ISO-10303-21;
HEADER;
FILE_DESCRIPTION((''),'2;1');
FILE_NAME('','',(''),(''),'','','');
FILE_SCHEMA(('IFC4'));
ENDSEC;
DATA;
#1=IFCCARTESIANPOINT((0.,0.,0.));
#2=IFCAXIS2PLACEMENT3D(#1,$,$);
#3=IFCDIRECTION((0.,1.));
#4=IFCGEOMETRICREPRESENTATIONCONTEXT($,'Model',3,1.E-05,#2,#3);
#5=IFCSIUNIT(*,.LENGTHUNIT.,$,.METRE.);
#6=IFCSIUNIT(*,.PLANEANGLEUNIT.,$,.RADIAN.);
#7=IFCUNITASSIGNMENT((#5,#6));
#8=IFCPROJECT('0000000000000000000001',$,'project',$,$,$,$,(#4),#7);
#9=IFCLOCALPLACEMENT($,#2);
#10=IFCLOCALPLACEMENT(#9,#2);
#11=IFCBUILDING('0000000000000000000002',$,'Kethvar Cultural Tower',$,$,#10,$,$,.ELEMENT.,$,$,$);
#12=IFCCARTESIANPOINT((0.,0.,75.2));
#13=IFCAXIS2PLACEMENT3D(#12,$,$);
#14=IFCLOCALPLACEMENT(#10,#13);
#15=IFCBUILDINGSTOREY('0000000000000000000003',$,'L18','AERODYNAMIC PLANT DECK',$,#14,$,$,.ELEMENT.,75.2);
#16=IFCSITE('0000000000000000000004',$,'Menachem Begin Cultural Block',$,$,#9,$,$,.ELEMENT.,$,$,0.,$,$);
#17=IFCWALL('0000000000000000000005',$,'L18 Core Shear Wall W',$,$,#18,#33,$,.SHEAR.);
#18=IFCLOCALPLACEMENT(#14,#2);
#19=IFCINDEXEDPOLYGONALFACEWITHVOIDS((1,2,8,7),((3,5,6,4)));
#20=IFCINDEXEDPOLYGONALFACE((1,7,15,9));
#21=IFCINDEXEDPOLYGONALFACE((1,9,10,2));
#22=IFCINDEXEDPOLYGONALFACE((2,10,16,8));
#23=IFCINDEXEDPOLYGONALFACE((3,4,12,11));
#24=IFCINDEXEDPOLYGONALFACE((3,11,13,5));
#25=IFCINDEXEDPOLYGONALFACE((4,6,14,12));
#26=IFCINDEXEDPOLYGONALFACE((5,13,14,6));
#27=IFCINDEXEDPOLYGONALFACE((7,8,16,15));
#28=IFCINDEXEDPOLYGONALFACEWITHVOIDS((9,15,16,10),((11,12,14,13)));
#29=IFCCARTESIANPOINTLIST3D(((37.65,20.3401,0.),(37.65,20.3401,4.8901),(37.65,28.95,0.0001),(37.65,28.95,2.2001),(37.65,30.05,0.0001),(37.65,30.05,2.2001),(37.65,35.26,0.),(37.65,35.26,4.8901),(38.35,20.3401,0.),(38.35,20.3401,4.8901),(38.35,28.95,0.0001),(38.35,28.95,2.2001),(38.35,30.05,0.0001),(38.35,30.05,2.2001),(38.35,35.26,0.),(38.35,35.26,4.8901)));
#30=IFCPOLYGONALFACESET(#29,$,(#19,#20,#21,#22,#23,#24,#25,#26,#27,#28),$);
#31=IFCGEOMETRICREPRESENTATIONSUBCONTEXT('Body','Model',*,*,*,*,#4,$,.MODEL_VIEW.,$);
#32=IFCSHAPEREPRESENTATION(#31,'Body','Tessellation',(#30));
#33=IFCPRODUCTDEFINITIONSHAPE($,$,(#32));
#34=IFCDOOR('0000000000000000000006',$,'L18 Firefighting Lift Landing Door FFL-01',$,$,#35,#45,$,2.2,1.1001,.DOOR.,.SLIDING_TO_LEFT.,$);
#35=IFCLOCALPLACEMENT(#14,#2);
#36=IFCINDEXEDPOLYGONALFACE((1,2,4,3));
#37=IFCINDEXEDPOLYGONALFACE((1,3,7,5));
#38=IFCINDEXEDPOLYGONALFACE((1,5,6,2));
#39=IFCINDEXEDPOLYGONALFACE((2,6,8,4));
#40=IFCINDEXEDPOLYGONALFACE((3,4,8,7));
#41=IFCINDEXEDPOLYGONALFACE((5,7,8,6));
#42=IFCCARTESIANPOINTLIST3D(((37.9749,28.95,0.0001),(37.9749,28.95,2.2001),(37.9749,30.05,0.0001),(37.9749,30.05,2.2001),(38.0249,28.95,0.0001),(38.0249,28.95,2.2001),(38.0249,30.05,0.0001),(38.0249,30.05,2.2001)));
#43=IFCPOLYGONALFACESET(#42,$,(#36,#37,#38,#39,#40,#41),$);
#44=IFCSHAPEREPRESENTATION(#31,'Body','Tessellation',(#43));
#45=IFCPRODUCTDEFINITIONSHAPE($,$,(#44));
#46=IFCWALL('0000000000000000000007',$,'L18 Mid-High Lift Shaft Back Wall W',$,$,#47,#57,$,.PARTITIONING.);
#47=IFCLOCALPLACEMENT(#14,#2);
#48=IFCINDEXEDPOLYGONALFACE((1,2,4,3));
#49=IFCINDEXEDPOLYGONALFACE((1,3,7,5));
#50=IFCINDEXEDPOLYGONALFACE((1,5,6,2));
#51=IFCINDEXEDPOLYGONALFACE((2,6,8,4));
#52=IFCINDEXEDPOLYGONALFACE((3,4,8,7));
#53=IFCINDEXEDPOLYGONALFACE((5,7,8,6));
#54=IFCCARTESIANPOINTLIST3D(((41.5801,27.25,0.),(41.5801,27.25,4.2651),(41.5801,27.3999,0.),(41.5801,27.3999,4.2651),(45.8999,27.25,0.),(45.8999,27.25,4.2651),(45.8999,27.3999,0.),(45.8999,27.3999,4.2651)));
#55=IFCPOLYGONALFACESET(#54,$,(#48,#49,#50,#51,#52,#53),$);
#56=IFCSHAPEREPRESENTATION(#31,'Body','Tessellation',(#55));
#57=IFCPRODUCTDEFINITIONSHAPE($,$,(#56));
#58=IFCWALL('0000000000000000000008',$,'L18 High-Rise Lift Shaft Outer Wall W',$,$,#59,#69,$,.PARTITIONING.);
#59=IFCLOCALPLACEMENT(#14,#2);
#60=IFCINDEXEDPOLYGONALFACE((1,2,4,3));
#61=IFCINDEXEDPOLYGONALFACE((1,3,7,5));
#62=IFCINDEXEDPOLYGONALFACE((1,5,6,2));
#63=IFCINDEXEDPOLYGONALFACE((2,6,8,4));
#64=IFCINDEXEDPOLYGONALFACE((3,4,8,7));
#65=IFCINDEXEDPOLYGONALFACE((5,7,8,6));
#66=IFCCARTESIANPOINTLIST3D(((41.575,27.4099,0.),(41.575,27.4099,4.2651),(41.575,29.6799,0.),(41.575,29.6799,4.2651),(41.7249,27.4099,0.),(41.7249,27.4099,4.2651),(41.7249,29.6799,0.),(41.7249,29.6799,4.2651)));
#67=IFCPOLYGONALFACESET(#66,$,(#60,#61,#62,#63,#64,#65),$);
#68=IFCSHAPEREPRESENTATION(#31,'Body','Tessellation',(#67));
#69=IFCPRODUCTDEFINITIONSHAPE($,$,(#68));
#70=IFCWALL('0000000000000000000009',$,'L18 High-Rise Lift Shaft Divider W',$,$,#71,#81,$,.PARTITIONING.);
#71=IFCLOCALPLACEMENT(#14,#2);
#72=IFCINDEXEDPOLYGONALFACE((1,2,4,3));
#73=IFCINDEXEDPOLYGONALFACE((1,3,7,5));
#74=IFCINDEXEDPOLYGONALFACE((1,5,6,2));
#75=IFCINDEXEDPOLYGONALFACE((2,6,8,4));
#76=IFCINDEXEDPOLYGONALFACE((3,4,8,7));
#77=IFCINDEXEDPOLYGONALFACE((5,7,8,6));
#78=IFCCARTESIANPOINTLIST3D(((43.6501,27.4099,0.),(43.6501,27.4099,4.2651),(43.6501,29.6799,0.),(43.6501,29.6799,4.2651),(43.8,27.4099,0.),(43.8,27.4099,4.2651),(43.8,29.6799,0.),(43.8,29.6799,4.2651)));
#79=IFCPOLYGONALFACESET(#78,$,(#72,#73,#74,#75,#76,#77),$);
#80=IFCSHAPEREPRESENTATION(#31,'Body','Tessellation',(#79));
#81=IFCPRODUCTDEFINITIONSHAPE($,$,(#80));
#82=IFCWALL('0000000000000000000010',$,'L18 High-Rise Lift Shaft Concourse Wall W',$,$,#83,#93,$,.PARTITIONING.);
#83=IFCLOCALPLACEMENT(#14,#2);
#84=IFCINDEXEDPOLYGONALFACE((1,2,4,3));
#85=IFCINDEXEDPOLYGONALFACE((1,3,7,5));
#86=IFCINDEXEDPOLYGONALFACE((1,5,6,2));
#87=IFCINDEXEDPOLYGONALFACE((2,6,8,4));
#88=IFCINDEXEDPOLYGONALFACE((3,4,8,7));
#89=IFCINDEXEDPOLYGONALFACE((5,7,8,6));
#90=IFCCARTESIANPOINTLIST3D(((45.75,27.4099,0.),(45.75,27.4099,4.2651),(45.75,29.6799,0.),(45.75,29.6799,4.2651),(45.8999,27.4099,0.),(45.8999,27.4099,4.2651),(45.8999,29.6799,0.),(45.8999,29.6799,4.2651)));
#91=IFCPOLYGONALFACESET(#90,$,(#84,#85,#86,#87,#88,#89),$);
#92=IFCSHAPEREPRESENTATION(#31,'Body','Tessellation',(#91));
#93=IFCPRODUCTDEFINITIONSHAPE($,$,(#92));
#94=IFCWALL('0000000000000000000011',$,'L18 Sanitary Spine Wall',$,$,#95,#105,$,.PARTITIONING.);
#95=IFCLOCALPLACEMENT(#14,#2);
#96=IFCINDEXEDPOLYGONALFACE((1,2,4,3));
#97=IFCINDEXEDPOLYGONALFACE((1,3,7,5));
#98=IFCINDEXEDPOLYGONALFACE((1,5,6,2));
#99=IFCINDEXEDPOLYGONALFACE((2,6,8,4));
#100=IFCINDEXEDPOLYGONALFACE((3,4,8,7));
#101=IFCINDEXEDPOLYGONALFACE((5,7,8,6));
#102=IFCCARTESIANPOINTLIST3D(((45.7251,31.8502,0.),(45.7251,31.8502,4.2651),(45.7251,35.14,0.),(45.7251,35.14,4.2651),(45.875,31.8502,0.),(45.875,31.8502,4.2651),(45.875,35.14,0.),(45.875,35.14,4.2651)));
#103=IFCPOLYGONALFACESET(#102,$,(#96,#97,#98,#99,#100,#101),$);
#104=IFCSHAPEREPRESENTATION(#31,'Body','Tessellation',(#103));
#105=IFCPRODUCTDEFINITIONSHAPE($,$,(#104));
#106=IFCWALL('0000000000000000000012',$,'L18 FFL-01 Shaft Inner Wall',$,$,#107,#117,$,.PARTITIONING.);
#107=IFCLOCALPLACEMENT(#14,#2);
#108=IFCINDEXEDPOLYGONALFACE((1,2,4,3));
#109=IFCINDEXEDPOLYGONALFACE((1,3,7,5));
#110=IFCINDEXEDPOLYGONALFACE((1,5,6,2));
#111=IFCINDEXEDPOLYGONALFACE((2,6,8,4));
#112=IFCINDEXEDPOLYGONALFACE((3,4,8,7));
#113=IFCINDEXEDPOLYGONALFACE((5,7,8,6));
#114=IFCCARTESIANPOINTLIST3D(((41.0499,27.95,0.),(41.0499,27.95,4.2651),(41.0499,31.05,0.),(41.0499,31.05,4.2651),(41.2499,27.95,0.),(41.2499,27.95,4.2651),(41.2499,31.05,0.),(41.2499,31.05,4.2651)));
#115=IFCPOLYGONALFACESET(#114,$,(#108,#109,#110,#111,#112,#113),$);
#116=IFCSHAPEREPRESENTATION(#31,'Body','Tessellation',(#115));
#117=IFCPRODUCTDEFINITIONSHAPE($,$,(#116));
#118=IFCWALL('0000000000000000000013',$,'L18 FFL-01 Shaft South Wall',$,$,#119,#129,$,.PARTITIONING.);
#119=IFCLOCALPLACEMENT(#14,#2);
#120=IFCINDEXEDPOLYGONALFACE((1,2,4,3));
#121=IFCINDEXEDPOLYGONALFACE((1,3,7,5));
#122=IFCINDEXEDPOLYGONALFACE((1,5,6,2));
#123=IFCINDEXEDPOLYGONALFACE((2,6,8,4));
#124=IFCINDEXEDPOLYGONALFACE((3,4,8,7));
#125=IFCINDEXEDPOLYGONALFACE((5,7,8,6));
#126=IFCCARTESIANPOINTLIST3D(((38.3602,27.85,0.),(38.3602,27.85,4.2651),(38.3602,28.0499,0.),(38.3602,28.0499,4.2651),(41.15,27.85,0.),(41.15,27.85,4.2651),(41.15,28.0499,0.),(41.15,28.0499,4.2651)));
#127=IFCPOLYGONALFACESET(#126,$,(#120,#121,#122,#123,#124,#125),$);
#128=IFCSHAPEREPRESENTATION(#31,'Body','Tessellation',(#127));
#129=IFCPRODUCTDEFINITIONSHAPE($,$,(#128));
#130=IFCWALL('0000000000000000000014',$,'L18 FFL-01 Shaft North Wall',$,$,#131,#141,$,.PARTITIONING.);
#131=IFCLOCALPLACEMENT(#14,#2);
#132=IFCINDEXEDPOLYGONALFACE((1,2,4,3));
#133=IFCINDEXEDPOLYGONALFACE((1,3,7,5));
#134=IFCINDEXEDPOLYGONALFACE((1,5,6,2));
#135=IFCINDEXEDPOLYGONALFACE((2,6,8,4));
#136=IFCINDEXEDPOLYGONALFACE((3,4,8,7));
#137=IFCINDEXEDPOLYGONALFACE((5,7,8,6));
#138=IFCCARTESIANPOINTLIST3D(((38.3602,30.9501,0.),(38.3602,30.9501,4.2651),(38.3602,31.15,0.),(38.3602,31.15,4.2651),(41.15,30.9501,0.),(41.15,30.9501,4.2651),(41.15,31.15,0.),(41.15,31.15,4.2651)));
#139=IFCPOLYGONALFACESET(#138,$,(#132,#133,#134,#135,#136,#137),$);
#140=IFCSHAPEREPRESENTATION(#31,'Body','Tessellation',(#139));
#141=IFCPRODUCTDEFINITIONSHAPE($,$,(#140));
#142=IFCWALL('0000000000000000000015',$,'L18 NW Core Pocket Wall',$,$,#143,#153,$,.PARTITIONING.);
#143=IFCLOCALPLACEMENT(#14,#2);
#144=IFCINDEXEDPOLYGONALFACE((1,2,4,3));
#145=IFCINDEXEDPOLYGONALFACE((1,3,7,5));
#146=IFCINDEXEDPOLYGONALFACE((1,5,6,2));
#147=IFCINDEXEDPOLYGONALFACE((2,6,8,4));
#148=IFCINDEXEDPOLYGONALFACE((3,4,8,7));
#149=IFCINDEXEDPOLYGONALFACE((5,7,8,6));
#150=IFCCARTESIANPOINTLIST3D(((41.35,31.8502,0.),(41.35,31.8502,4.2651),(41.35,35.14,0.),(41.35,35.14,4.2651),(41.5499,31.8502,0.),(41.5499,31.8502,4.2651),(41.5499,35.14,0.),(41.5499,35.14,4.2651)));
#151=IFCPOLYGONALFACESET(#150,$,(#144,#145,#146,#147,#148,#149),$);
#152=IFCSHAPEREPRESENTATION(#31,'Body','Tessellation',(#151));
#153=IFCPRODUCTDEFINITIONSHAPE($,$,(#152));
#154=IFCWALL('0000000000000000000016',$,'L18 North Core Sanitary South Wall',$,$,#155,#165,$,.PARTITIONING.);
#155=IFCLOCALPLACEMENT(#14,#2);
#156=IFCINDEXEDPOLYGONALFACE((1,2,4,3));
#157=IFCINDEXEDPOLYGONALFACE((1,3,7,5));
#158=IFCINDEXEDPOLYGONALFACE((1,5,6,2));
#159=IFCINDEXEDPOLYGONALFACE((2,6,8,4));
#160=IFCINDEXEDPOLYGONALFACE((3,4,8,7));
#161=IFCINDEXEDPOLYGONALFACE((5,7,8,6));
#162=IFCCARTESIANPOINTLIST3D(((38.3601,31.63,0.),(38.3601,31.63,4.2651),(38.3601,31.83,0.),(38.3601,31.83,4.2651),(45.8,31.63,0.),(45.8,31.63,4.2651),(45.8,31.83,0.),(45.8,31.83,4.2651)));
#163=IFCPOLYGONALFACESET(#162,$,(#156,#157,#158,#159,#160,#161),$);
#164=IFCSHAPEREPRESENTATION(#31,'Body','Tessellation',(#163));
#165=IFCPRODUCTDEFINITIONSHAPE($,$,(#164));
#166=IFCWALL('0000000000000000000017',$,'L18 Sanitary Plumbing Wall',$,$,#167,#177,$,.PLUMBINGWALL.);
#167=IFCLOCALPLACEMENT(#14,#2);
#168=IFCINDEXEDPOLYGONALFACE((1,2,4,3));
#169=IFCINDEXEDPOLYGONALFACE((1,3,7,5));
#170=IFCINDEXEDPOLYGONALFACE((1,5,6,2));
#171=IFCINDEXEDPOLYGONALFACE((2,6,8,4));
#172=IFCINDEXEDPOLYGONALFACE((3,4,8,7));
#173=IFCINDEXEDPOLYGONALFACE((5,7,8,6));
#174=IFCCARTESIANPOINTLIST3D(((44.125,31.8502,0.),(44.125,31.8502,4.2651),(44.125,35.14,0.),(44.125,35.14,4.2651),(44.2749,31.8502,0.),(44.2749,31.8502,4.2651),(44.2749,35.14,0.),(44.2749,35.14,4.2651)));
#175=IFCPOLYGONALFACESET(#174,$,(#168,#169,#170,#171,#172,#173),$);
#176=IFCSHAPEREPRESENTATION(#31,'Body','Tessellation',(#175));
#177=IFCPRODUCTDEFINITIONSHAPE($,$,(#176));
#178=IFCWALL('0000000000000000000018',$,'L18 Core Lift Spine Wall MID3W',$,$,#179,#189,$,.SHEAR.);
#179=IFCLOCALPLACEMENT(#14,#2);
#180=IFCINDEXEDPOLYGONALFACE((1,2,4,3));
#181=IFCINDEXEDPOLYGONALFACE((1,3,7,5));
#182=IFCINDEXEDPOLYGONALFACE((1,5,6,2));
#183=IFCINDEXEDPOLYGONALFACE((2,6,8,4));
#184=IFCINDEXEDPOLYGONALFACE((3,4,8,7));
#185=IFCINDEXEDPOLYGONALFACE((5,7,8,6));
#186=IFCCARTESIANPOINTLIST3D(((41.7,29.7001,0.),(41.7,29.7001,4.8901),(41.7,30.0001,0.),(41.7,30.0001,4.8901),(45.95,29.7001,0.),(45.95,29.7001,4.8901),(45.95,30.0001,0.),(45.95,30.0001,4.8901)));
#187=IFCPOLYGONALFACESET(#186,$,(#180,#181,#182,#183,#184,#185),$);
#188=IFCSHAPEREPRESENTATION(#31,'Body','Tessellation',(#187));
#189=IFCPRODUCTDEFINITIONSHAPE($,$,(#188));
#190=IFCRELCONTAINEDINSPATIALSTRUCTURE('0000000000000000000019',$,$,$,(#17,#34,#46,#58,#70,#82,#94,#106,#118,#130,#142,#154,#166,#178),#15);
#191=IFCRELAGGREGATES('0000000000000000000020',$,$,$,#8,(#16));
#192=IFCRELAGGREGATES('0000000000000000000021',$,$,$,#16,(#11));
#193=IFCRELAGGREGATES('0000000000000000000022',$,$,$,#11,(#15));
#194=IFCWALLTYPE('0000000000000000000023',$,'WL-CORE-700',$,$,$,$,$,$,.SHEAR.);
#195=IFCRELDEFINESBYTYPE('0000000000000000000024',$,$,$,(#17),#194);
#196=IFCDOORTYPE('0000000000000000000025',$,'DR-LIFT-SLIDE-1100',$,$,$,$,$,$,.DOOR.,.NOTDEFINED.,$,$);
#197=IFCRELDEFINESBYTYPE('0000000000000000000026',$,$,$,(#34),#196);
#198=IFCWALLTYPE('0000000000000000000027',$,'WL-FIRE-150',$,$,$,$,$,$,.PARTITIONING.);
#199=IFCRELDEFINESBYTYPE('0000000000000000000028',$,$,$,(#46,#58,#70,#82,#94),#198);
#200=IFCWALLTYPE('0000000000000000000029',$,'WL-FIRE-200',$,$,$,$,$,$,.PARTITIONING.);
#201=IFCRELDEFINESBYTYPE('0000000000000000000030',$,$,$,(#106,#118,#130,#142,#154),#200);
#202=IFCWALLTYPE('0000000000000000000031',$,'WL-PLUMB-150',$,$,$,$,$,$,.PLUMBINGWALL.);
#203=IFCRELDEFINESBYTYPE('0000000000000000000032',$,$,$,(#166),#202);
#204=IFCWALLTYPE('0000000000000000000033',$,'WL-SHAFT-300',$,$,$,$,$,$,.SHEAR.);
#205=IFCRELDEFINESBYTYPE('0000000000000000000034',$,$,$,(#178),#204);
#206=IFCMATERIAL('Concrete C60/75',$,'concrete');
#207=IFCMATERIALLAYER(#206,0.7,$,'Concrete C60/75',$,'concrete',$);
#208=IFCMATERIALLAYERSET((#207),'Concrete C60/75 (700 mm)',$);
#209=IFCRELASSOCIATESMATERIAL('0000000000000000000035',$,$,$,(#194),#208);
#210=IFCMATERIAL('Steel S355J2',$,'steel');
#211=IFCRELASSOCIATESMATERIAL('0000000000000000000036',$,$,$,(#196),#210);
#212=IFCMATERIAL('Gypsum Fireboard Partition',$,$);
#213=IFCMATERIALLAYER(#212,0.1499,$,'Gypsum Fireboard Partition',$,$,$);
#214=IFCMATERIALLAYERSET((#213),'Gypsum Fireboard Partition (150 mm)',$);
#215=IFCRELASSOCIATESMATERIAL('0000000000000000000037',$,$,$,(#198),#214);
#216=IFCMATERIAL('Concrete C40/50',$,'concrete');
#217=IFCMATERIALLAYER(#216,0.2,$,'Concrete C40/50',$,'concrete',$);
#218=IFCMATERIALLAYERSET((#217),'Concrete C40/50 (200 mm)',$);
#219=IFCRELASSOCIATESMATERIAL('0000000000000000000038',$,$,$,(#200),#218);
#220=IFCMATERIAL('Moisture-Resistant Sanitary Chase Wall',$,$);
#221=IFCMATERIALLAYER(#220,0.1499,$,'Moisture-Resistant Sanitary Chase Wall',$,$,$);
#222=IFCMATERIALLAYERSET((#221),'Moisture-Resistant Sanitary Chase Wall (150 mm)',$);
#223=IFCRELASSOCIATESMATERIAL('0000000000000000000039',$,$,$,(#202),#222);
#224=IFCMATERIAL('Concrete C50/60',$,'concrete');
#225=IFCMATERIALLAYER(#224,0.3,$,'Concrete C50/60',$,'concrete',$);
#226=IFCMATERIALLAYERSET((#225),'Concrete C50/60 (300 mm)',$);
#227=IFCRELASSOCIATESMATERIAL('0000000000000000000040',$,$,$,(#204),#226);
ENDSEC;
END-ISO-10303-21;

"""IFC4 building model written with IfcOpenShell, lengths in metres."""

from ifc_helpers import new_model, si_unit, direction, frame, frame_2d, origin, place, context, subcontext, project, spatial, rectangle, extrude, source, transform, mapped, material, layer, layer_set, type_object, element, fill, save


model = new_model("IFC4")

# Units and contexts
model_context = context("Model", 3, precision=1e-05, world=origin(), true_north=direction((0.0, 1.0)))
body_context = subcontext(model_context, "Body", "Model", "MODEL_VIEW")
ifc_project = project(units=[si_unit("LENGTHUNIT", "METRE"), si_unit("PLANEANGLEUNIT", "RADIAN")], contexts=[model_context])

# Site, building, storey
site_placement = place(None, origin())
site = spatial("IfcSite", under=ifc_project, at=site_placement, Name="Menachem Begin Cultural Block", CompositionType="ELEMENT", RefElevation=0.0)
building_placement = place(site_placement, origin())
building = spatial("IfcBuilding", under=site, at=building_placement, Name="Kethvar Cultural Tower", CompositionType="ELEMENT")
storey_placement = place(building_placement, frame((0.0, 0.0, 75.2)))
storey = spatial("IfcBuildingStorey", under=building, at=storey_placement, Name="L18", Description="AERODYNAMIC PLANT DECK", CompositionType="ELEMENT", Elevation=75.2)

# Shared definitions
ifc_material_1 = material(Name="Steel S355J2", Category="steel")

# Wall, opening, door
ifc_material_2 = material(Name="Concrete C60/75", Category="concrete")
ifc_layer_1 = layer(ifc_material_2, 0.7, Name="Concrete C60/75", Category="concrete")
ifc_layer_set_1 = layer_set([ifc_layer_1], Name="Concrete C60/75 (700 mm)")
wall_type_1 = type_object("IfcWallType", Name="WL-CORE-700", PredefinedType="SHEAR", material=ifc_layer_set_1)
wall_1_placement = place(storey_placement, frame((38.0, 35.26, 0.0), z_axis=(0.0, 0.0, 1.0), x_axis=(0.0, -1.0, 0.0)))
wall_1 = element("IfcWall", 1, at=wall_1_placement, inside=storey, type_object=wall_type_1, Name="L18 Core Shear Wall W", PredefinedType="SHEAR", context=body_context, shape_type="SweptSolid", body=[
    extrude(rectangle(XDim=14.9199, YDim=0.7, at=frame_2d((7.46, 0.0))), origin(), (0.0, 0.0, 1.0), 4.8901),
])
opening_placement = place(wall_1_placement, frame((5.21, 0.0, 0.0)))
opening = element("IfcOpeningElement", 2, at=opening_placement, cuts=wall_1, PredefinedType="OPENING", context=body_context, shape_type="SweptSolid", body=[
    extrude(rectangle(XDim=1.1001, YDim=2.2, at=frame_2d((0.55, 1.1001))), frame((0.0, 0.3599, 0.0), z_axis=(0.0, -1.0, 0.0), x_axis=(1.0, 0.0, 0.0)), (0.0, 0.0, 1.0), 0.72),
])
door_type = type_object("IfcDoorType", Name="DR-LIFT-SLIDE-1100", OperationType="NOTDEFINED", PredefinedType="DOOR", material=ifc_material_1)
shared_shape_1 = source(origin(), body_context, "Body", "SweptSolid", [
    extrude(rectangle(XDim=1.1001, YDim=2.2, at=frame_2d((0.55, 1.1001))), frame((0.0, 0.0249, 0.0), z_axis=(0.0, -1.0, 0.0), x_axis=(1.0, 0.0, 0.0)), (0.0, 0.0, 1.0), 0.05),
])
door_placement = place(opening_placement, origin())
door = element("IfcDoor", 3, at=door_placement, inside=storey, type_object=door_type, Name="L18 Firefighting Lift Landing Door FFL-01", OperationType="SLIDING_TO_LEFT", OverallHeight=2.2, OverallWidth=1.1001, PredefinedType="DOOR", context=body_context, shape_type="MappedRepresentation", body=[
    mapped(shared_shape_1, transform((0.0, 0.0, 0.0), scale=1.0)),
])
fill(opening, door)

# Walls
ifc_material_3 = material(Name="Gypsum Fireboard Partition")
ifc_layer_2 = layer(ifc_material_3, 0.1499, Name="Gypsum Fireboard Partition")
ifc_layer_set_2 = layer_set([ifc_layer_2], Name="Gypsum Fireboard Partition (150 mm)")
wall_type_2 = type_object("IfcWallType", Name="WL-FIRE-150", PredefinedType="PARTITIONING", material=ifc_layer_set_2)
wall_2_placement = place(storey_placement, frame((41.5801, 27.325, 0.0), z_axis=(0.0, 0.0, 1.0), x_axis=(1.0, 0.0, 0.0)))
element("IfcWall", 4, at=wall_2_placement, inside=storey, type_object=wall_type_2, Name="L18 Mid-High Lift Shaft Back Wall W", PredefinedType="PARTITIONING", context=body_context, shape_type="SweptSolid", body=[
    extrude(rectangle(XDim=4.3198, YDim=0.1499, at=frame_2d((2.1599, 0.0))), origin(), (0.0, 0.0, 1.0), 4.2651),
])
for number, where, z_axis, x_axis, name in (
    (5, (41.6499, 27.4099, 0.0), (0.0, 0.0, 1.0), (0.0, 1.0, 0.0), "L18 High-Rise Lift Shaft Outer Wall W"),
    (6, (43.7251, 27.4099, 0.0), (0.0, 0.0, 1.0), (0.0, 1.0, 0.0), "L18 High-Rise Lift Shaft Divider W"),
    (7, (45.825, 27.4099, 0.0), (0.0, 0.0, 1.0), (0.0, 1.0, 0.0), "L18 High-Rise Lift Shaft Concourse Wall W"),
):
    element("IfcWall", number, at=place(storey_placement, frame(where, z_axis=z_axis, x_axis=x_axis)), inside=storey, type_object=wall_type_2, Name=name, PredefinedType="PARTITIONING", context=body_context, shape_type="SweptSolid", body=[
        extrude(rectangle(XDim=2.27, YDim=0.1499, at=frame_2d((1.135, 0.0))), origin(), (0.0, 0.0, 1.0), 4.2651),
    ])
wall_3_placement = place(storey_placement, frame((45.8, 31.8501, 0.0), z_axis=(0.0, 0.0, 1.0), x_axis=(0.0, 1.0, 0.0)))
element("IfcWall", 8, at=wall_3_placement, inside=storey, type_object=wall_type_2, Name="L18 Sanitary Spine Wall", PredefinedType="PARTITIONING", context=body_context, shape_type="SweptSolid", body=[
    extrude(rectangle(XDim=3.2898, YDim=0.1499, at=frame_2d((1.645, 0.0))), origin(), (0.0, 0.0, 1.0), 4.2651),
])
ifc_material_4 = material(Name="Concrete C40/50", Category="concrete")
ifc_layer_3 = layer(ifc_material_4, 0.2, Name="Concrete C40/50", Category="concrete")
ifc_layer_set_3 = layer_set([ifc_layer_3], Name="Concrete C40/50 (200 mm)")
wall_type_3 = type_object("IfcWallType", Name="WL-FIRE-200", PredefinedType="PARTITIONING", material=ifc_layer_set_3)
wall_4_placement = place(storey_placement, frame((41.1499, 27.95, 0.0), z_axis=(0.0, 0.0, 1.0), x_axis=(0.0, 1.0, 0.0)))
element("IfcWall", 9, at=wall_4_placement, inside=storey, type_object=wall_type_3, Name="L18 FFL-01 Shaft Inner Wall", PredefinedType="PARTITIONING", context=body_context, shape_type="SweptSolid", body=[
    extrude(rectangle(XDim=3.1001, YDim=0.2, at=frame_2d((1.55, 0.0))), origin(), (0.0, 0.0, 1.0), 4.2651),
])
for number, where, z_axis, x_axis, name in (
    (10, (38.3601, 27.95, 0.0), (0.0, 0.0, 1.0), (1.0, 0.0, 0.0), "L18 FFL-01 Shaft South Wall"),
    (11, (38.3601, 31.05, 0.0), (0.0, 0.0, 1.0), (1.0, 0.0, 0.0), "L18 FFL-01 Shaft North Wall"),
):
    element("IfcWall", number, at=place(storey_placement, frame(where, z_axis=z_axis, x_axis=x_axis)), inside=storey, type_object=wall_type_3, Name=name, PredefinedType="PARTITIONING", context=body_context, shape_type="SweptSolid", body=[
        extrude(rectangle(XDim=2.7898, YDim=0.2, at=frame_2d((1.395, 0.0))), origin(), (0.0, 0.0, 1.0), 4.2651),
    ])
wall_5_placement = place(storey_placement, frame((41.45, 31.8501, 0.0), z_axis=(0.0, 0.0, 1.0), x_axis=(0.0, 1.0, 0.0)))
element("IfcWall", 12, at=wall_5_placement, inside=storey, type_object=wall_type_3, Name="L18 NW Core Pocket Wall", PredefinedType="PARTITIONING", context=body_context, shape_type="SweptSolid", body=[
    extrude(rectangle(XDim=3.2898, YDim=0.2, at=frame_2d((1.645, 0.0))), origin(), (0.0, 0.0, 1.0), 4.2651),
])
wall_6_placement = place(storey_placement, frame((38.3601, 31.73, 0.0), z_axis=(0.0, 0.0, 1.0), x_axis=(1.0, 0.0, 0.0)))
element("IfcWall", 13, at=wall_6_placement, inside=storey, type_object=wall_type_3, Name="L18 North Core Sanitary South Wall", PredefinedType="PARTITIONING", context=body_context, shape_type="SweptSolid", body=[
    extrude(rectangle(XDim=7.4399, YDim=0.2, at=frame_2d((3.72, 0.0))), origin(), (0.0, 0.0, 1.0), 4.2651),
])
ifc_material_5 = material(Name="Moisture-Resistant Sanitary Chase Wall")
ifc_layer_4 = layer(ifc_material_5, 0.1499, Name="Moisture-Resistant Sanitary Chase Wall")
ifc_layer_set_4 = layer_set([ifc_layer_4], Name="Moisture-Resistant Sanitary Chase Wall (150 mm)")
wall_type_4 = type_object("IfcWallType", Name="WL-PLUMB-150", PredefinedType="PLUMBINGWALL", material=ifc_layer_set_4)
wall_7_placement = place(storey_placement, frame((44.2, 31.8501, 0.0), z_axis=(0.0, 0.0, 1.0), x_axis=(0.0, 1.0, 0.0)))
element("IfcWall", 14, at=wall_7_placement, inside=storey, type_object=wall_type_4, Name="L18 Sanitary Plumbing Wall", PredefinedType="PLUMBINGWALL", context=body_context, shape_type="SweptSolid", body=[
    extrude(rectangle(XDim=3.2898, YDim=0.1499, at=frame_2d((1.645, 0.0))), origin(), (0.0, 0.0, 1.0), 4.2651),
])
ifc_material_6 = material(Name="Concrete C50/60", Category="concrete")
ifc_layer_5 = layer(ifc_material_6, 0.3, Name="Concrete C50/60", Category="concrete")
ifc_layer_set_5 = layer_set([ifc_layer_5], Name="Concrete C50/60 (300 mm)")
wall_type_5 = type_object("IfcWallType", Name="WL-SHAFT-300", PredefinedType="SHEAR", material=ifc_layer_set_5)
wall_8_placement = place(storey_placement, frame((41.7, 29.8501, 0.0), z_axis=(0.0, 0.0, 1.0), x_axis=(1.0, 0.0, 0.0)))
element("IfcWall", 15, at=wall_8_placement, inside=storey, type_object=wall_type_5, Name="L18 Core Lift Spine Wall MID3W", PredefinedType="SHEAR", context=body_context, shape_type="SweptSolid", body=[
    extrude(rectangle(XDim=4.25, YDim=0.3, at=frame_2d((2.125, 0.0))), origin(), (0.0, 0.0, 1.0), 4.8901),
])

save(model, "model.ifc")
